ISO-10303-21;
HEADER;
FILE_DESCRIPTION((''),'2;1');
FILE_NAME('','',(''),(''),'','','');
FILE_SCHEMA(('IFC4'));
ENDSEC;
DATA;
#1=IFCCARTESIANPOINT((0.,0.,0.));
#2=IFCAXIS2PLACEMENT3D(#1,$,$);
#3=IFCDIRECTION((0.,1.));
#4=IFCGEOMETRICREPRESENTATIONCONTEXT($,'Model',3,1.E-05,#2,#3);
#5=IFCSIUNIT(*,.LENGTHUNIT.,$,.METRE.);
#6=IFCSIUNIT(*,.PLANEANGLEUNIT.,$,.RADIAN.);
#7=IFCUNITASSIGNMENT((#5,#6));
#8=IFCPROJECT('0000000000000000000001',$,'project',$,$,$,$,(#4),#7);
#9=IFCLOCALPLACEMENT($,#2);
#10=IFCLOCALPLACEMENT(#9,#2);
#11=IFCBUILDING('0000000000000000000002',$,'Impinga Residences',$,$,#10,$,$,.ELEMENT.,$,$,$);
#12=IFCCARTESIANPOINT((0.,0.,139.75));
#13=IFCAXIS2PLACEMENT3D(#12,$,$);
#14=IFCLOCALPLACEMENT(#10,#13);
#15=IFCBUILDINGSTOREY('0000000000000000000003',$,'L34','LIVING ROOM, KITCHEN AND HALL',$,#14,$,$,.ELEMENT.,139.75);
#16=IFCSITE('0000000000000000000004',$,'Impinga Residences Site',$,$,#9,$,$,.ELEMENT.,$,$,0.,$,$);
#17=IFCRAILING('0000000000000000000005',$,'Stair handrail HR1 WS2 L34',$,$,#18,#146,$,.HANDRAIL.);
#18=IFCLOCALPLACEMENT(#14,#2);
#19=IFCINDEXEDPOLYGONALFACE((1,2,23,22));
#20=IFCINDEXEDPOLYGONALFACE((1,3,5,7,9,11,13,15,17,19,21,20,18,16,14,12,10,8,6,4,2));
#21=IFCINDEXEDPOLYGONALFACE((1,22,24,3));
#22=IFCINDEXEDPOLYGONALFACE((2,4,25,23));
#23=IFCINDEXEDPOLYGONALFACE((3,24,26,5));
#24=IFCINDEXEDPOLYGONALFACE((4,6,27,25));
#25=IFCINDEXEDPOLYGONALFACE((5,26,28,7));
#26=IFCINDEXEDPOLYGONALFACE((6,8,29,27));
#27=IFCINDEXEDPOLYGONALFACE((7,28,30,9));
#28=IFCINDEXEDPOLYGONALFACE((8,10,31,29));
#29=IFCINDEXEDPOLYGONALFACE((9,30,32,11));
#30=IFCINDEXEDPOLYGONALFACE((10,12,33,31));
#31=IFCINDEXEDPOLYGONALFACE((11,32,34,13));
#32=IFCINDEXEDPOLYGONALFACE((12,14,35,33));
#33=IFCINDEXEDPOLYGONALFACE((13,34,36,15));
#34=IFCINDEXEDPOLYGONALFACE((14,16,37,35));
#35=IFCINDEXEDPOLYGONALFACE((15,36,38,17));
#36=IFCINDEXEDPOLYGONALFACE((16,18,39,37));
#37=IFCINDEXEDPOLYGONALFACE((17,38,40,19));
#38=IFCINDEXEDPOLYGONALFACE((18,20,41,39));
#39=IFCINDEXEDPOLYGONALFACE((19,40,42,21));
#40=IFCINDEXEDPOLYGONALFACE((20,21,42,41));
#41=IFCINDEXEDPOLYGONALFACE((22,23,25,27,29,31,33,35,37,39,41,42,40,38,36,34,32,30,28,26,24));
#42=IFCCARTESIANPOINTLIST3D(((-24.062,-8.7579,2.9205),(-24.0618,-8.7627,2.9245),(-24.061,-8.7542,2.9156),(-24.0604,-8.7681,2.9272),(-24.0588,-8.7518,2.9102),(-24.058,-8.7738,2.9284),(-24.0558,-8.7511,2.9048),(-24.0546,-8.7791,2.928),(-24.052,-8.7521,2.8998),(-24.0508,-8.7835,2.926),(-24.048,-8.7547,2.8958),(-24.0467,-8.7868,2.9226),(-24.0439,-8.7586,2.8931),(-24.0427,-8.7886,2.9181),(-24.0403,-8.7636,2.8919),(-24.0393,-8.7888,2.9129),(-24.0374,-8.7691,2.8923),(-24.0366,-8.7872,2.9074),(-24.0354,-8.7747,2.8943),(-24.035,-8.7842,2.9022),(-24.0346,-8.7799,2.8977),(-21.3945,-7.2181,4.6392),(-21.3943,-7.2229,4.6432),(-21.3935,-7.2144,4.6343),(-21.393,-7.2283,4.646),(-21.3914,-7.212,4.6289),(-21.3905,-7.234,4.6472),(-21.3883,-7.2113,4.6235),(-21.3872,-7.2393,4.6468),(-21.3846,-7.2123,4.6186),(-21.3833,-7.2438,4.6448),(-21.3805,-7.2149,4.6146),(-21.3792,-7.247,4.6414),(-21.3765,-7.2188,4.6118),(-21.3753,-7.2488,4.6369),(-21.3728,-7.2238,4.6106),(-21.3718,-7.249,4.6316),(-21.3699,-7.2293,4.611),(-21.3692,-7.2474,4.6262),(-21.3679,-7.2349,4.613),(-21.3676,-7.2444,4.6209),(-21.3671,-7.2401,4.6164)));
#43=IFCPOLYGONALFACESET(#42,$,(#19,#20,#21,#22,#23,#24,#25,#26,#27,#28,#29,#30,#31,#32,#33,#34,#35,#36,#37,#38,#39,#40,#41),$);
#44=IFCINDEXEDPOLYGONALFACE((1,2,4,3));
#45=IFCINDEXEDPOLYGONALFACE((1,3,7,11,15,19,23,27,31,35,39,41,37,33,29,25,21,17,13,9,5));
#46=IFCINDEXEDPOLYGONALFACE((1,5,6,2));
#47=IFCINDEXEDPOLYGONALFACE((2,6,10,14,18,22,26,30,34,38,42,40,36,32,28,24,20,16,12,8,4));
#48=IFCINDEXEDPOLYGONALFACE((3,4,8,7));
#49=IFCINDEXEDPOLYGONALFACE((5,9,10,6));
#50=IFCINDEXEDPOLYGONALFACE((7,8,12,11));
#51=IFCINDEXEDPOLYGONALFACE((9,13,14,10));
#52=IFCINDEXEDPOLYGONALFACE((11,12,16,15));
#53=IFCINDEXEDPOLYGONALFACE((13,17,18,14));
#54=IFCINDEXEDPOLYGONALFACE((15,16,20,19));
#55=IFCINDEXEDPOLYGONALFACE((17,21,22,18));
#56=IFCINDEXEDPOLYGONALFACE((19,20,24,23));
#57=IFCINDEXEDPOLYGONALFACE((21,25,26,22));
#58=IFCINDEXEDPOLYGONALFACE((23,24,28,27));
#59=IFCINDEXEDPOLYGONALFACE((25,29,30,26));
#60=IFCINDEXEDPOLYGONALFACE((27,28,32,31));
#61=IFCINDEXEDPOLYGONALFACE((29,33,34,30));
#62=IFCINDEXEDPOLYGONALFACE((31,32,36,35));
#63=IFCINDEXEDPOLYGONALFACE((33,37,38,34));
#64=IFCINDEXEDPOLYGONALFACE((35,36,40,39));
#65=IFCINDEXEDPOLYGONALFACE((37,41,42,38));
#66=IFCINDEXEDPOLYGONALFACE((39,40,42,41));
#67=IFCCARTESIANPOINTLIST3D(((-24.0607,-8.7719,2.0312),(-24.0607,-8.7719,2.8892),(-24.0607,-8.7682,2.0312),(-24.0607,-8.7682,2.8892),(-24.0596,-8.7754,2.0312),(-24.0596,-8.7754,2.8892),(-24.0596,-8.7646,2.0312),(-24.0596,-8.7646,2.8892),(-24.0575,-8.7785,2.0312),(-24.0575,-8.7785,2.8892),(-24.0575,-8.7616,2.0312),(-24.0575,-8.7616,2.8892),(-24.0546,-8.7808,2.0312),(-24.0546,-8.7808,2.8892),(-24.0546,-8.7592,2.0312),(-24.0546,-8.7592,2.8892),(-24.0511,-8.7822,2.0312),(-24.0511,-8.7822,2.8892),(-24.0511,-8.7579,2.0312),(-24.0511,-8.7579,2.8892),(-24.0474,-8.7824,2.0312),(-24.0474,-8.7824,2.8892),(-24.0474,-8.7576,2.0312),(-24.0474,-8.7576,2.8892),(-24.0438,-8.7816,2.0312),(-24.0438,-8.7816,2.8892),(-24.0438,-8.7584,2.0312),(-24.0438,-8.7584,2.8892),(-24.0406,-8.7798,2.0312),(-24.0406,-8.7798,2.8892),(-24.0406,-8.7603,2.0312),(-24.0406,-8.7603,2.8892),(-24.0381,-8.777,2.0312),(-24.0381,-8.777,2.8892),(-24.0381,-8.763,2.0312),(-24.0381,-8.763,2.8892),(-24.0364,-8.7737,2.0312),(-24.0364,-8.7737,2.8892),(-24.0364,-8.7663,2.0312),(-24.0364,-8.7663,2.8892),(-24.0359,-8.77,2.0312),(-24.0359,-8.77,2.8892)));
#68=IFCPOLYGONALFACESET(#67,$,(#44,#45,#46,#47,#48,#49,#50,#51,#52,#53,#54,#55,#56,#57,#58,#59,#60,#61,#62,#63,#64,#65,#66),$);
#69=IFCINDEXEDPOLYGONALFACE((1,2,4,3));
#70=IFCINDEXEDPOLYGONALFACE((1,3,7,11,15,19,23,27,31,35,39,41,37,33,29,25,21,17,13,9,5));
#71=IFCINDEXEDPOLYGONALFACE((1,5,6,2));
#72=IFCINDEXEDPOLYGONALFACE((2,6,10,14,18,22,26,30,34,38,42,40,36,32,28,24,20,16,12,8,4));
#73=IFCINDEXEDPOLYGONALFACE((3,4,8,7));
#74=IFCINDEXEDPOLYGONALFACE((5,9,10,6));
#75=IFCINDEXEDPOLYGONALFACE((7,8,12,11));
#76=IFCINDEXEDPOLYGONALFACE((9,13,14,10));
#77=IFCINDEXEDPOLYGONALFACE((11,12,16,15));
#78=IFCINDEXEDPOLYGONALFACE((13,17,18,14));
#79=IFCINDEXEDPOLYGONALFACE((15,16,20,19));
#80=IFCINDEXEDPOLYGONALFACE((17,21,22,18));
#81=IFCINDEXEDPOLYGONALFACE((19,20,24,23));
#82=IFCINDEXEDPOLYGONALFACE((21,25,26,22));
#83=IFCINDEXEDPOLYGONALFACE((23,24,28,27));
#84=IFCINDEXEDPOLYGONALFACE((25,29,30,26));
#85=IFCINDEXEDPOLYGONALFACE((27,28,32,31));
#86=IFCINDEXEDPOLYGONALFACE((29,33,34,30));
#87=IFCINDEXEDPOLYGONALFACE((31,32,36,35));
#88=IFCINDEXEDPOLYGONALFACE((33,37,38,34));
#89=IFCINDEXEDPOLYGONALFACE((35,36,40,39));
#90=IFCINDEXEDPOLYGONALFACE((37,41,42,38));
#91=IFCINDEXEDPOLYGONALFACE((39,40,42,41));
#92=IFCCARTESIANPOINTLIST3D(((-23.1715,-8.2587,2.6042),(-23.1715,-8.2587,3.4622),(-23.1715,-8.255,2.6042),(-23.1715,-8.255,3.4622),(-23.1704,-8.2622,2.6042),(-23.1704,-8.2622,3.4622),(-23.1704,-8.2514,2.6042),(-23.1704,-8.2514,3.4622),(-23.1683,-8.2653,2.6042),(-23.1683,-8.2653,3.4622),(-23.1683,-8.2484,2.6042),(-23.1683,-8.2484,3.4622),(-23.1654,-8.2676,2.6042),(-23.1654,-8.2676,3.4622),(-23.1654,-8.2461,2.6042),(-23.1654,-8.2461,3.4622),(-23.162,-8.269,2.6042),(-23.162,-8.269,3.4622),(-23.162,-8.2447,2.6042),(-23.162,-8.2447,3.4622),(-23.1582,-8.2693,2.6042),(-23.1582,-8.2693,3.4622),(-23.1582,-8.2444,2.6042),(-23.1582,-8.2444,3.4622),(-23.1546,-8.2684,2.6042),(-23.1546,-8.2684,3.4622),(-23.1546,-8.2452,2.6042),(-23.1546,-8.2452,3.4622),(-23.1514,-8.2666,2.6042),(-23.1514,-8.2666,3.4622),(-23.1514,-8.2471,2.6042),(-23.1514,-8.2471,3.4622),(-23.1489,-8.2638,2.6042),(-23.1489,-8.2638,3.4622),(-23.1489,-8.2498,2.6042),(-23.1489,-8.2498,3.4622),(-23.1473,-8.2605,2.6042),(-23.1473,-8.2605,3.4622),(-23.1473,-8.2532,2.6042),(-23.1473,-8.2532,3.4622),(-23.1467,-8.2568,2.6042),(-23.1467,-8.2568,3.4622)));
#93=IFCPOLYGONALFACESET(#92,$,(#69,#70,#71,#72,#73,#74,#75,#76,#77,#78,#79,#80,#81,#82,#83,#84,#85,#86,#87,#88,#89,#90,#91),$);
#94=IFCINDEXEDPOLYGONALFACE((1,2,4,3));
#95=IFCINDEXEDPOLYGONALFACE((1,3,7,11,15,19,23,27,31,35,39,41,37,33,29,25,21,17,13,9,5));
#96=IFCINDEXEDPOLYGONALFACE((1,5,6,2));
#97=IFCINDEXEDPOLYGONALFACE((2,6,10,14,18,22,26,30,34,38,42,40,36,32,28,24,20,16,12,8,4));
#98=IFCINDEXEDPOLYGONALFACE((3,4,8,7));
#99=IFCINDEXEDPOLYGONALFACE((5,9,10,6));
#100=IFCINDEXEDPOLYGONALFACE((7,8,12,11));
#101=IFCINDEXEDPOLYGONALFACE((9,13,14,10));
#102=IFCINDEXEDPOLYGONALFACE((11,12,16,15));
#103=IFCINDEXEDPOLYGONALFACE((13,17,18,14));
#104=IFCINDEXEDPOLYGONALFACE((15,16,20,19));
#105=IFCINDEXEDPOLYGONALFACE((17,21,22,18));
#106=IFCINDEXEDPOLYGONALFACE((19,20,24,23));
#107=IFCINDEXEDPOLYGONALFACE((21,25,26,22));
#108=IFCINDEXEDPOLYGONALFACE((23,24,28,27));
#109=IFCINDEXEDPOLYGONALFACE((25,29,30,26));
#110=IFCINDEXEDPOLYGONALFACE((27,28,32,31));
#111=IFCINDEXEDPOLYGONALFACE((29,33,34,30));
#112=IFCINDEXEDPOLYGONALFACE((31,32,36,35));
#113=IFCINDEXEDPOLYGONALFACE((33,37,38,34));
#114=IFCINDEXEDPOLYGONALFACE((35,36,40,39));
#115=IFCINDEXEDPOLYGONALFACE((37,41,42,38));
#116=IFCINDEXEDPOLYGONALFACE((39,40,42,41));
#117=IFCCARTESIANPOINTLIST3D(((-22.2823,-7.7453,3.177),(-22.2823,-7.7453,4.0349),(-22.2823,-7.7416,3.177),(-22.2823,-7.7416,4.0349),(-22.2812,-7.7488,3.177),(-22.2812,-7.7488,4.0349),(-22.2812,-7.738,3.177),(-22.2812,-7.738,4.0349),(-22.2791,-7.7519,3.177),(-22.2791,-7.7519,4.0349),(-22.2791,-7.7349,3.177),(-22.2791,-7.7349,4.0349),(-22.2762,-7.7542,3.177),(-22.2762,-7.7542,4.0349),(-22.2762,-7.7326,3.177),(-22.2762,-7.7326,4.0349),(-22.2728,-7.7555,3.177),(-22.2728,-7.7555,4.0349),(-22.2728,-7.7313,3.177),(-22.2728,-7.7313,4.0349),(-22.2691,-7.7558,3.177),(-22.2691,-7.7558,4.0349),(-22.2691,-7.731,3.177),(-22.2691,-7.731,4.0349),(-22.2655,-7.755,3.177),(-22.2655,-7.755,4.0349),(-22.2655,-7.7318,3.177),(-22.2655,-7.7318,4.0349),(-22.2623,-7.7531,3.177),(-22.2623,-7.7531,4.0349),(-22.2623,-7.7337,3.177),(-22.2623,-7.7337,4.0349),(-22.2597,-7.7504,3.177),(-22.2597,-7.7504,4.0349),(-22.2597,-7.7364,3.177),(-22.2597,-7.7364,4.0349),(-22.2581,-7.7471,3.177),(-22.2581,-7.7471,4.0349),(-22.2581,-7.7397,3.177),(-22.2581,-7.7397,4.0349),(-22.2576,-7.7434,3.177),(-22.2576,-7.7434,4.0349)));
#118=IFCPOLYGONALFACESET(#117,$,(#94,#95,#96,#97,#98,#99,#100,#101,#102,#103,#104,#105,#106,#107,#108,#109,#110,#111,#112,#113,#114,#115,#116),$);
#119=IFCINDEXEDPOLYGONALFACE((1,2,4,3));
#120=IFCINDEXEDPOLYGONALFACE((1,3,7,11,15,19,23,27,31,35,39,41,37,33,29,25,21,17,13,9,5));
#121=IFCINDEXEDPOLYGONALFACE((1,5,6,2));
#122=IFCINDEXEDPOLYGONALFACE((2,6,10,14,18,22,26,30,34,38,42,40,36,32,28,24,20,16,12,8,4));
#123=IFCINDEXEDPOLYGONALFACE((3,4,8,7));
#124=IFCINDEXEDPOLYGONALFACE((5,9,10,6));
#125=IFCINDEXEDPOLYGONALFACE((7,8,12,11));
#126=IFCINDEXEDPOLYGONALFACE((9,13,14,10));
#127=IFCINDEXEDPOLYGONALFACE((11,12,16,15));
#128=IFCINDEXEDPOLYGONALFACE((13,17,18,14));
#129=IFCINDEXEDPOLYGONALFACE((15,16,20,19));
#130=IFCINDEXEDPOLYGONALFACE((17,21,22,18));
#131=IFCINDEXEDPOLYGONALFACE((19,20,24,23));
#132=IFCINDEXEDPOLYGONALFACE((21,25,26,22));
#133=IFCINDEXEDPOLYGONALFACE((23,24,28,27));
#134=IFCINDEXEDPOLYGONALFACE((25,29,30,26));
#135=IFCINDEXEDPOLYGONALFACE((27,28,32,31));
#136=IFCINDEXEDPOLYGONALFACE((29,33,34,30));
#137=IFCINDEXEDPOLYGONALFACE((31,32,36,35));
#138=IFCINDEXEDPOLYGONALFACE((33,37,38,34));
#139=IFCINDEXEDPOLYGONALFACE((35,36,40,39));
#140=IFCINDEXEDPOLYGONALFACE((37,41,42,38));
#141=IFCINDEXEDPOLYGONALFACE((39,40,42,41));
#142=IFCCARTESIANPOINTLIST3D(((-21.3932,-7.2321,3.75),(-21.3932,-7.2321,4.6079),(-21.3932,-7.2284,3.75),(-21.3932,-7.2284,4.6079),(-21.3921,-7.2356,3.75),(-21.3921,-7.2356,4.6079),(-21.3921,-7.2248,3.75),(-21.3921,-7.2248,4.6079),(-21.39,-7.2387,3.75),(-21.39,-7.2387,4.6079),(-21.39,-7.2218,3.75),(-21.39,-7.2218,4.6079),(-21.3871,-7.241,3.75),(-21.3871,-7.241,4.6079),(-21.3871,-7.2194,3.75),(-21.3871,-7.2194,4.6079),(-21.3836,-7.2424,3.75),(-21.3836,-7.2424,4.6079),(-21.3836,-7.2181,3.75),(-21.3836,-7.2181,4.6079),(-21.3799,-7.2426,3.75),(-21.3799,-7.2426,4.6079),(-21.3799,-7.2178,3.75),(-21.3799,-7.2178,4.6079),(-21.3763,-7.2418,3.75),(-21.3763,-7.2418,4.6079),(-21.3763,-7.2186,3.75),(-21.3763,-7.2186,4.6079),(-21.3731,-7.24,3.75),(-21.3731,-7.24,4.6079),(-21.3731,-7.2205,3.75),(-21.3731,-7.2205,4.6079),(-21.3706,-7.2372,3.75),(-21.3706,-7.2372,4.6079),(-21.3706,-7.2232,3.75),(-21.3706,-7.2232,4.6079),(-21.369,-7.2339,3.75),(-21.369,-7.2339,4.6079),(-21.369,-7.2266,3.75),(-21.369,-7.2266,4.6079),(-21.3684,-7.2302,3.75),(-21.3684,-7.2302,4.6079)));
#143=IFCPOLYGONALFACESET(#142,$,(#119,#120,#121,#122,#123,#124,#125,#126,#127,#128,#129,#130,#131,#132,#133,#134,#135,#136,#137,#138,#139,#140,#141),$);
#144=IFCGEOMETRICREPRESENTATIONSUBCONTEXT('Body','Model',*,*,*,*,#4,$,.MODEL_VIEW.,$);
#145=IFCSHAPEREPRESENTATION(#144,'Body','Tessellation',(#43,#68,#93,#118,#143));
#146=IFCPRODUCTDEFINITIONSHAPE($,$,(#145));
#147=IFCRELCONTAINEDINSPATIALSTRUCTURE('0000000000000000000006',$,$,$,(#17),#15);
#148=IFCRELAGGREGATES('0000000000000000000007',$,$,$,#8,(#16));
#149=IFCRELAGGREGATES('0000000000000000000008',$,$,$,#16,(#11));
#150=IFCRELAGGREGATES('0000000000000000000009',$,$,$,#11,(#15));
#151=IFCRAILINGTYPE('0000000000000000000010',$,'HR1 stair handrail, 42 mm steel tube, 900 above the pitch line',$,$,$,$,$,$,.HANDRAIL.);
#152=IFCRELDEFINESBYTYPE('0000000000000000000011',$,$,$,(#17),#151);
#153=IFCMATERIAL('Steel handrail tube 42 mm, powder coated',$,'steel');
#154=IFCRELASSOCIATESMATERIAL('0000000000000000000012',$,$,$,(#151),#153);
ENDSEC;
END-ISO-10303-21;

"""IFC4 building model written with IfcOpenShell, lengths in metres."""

from ifc_helpers import new_model, si_unit, direction, frame, origin, origin_2d, place, context, subcontext, project, spatial, circle, extrude, material, type_object, element, save


model = new_model("IFC4")

# Units and contexts
model_context = context("Model", 3, precision=1e-05, world=origin(), true_north=direction((0.0, 1.0)))
body_context = subcontext(model_context, "Body", "Model", "MODEL_VIEW")
ifc_project = project(units=[si_unit("LENGTHUNIT", "METRE"), si_unit("PLANEANGLEUNIT", "RADIAN")], contexts=[model_context])

# Site, building, storey
site_placement = place(None, origin())
site = spatial("IfcSite", under=ifc_project, at=site_placement, Name="Impinga Residences Site", CompositionType="ELEMENT", RefElevation=0.0)
building_placement = place(site_placement, origin())
building = spatial("IfcBuilding", under=site, at=building_placement, Name="Impinga Residences", CompositionType="ELEMENT")
storey_placement = place(building_placement, frame((0.0, 0.0, 139.75)))
storey = spatial("IfcBuildingStorey", under=building, at=storey_placement, Name="L34", Description="LIVING ROOM, KITCHEN AND HALL", CompositionType="ELEMENT", Elevation=139.75)

# Railing
ifc_material_1 = material(Name="Steel handrail tube 42 mm, powder coated", Category="steel")
railing_type_1 = type_object("IfcRailingType", Name="HR1 stair handrail, 42 mm steel tube, 900 above the pitch line", PredefinedType="HANDRAIL", material=ifc_material_1)
railing_1_placement = place(storey_placement, frame((-24.0483, -8.77, 2.0312)))
element("IfcRailing", 1, at=railing_1_placement, inside=storey, type_object=railing_type_1, Name="Stair handrail HR1 WS2 L34", PredefinedType="HANDRAIL", context=body_context, shape_type="SweptSolid", body=[
    extrude(circle(Radius=0.021, at=origin_2d()), frame((0.0, 0.0, 0.8789), z_axis=(0.756279, 0.43656, 0.487297), x_axis=(-0.499933, 0.866064, 0.0)), (0.0, 0.0, 1.0), 3.5271),
    extrude(circle(Radius=0.0125, at=origin_2d()), origin(), (0.0, 0.0, 1.0), 0.8579),
    extrude(circle(Radius=0.0125, at=origin_2d()), frame((0.8892, 0.5132, 0.573)), (0.0, 0.0, 1.0), 0.8579),
    extrude(circle(Radius=0.0125, at=origin_2d()), frame((1.7783, 1.0266, 1.1458)), (0.0, 0.0, 1.0), 0.8579),
    extrude(circle(Radius=0.0125, at=origin_2d()), frame((2.6675, 1.5398, 1.7188)), (0.0, 0.0, 1.0), 0.8579),
])

save(model, "model.ifc")
